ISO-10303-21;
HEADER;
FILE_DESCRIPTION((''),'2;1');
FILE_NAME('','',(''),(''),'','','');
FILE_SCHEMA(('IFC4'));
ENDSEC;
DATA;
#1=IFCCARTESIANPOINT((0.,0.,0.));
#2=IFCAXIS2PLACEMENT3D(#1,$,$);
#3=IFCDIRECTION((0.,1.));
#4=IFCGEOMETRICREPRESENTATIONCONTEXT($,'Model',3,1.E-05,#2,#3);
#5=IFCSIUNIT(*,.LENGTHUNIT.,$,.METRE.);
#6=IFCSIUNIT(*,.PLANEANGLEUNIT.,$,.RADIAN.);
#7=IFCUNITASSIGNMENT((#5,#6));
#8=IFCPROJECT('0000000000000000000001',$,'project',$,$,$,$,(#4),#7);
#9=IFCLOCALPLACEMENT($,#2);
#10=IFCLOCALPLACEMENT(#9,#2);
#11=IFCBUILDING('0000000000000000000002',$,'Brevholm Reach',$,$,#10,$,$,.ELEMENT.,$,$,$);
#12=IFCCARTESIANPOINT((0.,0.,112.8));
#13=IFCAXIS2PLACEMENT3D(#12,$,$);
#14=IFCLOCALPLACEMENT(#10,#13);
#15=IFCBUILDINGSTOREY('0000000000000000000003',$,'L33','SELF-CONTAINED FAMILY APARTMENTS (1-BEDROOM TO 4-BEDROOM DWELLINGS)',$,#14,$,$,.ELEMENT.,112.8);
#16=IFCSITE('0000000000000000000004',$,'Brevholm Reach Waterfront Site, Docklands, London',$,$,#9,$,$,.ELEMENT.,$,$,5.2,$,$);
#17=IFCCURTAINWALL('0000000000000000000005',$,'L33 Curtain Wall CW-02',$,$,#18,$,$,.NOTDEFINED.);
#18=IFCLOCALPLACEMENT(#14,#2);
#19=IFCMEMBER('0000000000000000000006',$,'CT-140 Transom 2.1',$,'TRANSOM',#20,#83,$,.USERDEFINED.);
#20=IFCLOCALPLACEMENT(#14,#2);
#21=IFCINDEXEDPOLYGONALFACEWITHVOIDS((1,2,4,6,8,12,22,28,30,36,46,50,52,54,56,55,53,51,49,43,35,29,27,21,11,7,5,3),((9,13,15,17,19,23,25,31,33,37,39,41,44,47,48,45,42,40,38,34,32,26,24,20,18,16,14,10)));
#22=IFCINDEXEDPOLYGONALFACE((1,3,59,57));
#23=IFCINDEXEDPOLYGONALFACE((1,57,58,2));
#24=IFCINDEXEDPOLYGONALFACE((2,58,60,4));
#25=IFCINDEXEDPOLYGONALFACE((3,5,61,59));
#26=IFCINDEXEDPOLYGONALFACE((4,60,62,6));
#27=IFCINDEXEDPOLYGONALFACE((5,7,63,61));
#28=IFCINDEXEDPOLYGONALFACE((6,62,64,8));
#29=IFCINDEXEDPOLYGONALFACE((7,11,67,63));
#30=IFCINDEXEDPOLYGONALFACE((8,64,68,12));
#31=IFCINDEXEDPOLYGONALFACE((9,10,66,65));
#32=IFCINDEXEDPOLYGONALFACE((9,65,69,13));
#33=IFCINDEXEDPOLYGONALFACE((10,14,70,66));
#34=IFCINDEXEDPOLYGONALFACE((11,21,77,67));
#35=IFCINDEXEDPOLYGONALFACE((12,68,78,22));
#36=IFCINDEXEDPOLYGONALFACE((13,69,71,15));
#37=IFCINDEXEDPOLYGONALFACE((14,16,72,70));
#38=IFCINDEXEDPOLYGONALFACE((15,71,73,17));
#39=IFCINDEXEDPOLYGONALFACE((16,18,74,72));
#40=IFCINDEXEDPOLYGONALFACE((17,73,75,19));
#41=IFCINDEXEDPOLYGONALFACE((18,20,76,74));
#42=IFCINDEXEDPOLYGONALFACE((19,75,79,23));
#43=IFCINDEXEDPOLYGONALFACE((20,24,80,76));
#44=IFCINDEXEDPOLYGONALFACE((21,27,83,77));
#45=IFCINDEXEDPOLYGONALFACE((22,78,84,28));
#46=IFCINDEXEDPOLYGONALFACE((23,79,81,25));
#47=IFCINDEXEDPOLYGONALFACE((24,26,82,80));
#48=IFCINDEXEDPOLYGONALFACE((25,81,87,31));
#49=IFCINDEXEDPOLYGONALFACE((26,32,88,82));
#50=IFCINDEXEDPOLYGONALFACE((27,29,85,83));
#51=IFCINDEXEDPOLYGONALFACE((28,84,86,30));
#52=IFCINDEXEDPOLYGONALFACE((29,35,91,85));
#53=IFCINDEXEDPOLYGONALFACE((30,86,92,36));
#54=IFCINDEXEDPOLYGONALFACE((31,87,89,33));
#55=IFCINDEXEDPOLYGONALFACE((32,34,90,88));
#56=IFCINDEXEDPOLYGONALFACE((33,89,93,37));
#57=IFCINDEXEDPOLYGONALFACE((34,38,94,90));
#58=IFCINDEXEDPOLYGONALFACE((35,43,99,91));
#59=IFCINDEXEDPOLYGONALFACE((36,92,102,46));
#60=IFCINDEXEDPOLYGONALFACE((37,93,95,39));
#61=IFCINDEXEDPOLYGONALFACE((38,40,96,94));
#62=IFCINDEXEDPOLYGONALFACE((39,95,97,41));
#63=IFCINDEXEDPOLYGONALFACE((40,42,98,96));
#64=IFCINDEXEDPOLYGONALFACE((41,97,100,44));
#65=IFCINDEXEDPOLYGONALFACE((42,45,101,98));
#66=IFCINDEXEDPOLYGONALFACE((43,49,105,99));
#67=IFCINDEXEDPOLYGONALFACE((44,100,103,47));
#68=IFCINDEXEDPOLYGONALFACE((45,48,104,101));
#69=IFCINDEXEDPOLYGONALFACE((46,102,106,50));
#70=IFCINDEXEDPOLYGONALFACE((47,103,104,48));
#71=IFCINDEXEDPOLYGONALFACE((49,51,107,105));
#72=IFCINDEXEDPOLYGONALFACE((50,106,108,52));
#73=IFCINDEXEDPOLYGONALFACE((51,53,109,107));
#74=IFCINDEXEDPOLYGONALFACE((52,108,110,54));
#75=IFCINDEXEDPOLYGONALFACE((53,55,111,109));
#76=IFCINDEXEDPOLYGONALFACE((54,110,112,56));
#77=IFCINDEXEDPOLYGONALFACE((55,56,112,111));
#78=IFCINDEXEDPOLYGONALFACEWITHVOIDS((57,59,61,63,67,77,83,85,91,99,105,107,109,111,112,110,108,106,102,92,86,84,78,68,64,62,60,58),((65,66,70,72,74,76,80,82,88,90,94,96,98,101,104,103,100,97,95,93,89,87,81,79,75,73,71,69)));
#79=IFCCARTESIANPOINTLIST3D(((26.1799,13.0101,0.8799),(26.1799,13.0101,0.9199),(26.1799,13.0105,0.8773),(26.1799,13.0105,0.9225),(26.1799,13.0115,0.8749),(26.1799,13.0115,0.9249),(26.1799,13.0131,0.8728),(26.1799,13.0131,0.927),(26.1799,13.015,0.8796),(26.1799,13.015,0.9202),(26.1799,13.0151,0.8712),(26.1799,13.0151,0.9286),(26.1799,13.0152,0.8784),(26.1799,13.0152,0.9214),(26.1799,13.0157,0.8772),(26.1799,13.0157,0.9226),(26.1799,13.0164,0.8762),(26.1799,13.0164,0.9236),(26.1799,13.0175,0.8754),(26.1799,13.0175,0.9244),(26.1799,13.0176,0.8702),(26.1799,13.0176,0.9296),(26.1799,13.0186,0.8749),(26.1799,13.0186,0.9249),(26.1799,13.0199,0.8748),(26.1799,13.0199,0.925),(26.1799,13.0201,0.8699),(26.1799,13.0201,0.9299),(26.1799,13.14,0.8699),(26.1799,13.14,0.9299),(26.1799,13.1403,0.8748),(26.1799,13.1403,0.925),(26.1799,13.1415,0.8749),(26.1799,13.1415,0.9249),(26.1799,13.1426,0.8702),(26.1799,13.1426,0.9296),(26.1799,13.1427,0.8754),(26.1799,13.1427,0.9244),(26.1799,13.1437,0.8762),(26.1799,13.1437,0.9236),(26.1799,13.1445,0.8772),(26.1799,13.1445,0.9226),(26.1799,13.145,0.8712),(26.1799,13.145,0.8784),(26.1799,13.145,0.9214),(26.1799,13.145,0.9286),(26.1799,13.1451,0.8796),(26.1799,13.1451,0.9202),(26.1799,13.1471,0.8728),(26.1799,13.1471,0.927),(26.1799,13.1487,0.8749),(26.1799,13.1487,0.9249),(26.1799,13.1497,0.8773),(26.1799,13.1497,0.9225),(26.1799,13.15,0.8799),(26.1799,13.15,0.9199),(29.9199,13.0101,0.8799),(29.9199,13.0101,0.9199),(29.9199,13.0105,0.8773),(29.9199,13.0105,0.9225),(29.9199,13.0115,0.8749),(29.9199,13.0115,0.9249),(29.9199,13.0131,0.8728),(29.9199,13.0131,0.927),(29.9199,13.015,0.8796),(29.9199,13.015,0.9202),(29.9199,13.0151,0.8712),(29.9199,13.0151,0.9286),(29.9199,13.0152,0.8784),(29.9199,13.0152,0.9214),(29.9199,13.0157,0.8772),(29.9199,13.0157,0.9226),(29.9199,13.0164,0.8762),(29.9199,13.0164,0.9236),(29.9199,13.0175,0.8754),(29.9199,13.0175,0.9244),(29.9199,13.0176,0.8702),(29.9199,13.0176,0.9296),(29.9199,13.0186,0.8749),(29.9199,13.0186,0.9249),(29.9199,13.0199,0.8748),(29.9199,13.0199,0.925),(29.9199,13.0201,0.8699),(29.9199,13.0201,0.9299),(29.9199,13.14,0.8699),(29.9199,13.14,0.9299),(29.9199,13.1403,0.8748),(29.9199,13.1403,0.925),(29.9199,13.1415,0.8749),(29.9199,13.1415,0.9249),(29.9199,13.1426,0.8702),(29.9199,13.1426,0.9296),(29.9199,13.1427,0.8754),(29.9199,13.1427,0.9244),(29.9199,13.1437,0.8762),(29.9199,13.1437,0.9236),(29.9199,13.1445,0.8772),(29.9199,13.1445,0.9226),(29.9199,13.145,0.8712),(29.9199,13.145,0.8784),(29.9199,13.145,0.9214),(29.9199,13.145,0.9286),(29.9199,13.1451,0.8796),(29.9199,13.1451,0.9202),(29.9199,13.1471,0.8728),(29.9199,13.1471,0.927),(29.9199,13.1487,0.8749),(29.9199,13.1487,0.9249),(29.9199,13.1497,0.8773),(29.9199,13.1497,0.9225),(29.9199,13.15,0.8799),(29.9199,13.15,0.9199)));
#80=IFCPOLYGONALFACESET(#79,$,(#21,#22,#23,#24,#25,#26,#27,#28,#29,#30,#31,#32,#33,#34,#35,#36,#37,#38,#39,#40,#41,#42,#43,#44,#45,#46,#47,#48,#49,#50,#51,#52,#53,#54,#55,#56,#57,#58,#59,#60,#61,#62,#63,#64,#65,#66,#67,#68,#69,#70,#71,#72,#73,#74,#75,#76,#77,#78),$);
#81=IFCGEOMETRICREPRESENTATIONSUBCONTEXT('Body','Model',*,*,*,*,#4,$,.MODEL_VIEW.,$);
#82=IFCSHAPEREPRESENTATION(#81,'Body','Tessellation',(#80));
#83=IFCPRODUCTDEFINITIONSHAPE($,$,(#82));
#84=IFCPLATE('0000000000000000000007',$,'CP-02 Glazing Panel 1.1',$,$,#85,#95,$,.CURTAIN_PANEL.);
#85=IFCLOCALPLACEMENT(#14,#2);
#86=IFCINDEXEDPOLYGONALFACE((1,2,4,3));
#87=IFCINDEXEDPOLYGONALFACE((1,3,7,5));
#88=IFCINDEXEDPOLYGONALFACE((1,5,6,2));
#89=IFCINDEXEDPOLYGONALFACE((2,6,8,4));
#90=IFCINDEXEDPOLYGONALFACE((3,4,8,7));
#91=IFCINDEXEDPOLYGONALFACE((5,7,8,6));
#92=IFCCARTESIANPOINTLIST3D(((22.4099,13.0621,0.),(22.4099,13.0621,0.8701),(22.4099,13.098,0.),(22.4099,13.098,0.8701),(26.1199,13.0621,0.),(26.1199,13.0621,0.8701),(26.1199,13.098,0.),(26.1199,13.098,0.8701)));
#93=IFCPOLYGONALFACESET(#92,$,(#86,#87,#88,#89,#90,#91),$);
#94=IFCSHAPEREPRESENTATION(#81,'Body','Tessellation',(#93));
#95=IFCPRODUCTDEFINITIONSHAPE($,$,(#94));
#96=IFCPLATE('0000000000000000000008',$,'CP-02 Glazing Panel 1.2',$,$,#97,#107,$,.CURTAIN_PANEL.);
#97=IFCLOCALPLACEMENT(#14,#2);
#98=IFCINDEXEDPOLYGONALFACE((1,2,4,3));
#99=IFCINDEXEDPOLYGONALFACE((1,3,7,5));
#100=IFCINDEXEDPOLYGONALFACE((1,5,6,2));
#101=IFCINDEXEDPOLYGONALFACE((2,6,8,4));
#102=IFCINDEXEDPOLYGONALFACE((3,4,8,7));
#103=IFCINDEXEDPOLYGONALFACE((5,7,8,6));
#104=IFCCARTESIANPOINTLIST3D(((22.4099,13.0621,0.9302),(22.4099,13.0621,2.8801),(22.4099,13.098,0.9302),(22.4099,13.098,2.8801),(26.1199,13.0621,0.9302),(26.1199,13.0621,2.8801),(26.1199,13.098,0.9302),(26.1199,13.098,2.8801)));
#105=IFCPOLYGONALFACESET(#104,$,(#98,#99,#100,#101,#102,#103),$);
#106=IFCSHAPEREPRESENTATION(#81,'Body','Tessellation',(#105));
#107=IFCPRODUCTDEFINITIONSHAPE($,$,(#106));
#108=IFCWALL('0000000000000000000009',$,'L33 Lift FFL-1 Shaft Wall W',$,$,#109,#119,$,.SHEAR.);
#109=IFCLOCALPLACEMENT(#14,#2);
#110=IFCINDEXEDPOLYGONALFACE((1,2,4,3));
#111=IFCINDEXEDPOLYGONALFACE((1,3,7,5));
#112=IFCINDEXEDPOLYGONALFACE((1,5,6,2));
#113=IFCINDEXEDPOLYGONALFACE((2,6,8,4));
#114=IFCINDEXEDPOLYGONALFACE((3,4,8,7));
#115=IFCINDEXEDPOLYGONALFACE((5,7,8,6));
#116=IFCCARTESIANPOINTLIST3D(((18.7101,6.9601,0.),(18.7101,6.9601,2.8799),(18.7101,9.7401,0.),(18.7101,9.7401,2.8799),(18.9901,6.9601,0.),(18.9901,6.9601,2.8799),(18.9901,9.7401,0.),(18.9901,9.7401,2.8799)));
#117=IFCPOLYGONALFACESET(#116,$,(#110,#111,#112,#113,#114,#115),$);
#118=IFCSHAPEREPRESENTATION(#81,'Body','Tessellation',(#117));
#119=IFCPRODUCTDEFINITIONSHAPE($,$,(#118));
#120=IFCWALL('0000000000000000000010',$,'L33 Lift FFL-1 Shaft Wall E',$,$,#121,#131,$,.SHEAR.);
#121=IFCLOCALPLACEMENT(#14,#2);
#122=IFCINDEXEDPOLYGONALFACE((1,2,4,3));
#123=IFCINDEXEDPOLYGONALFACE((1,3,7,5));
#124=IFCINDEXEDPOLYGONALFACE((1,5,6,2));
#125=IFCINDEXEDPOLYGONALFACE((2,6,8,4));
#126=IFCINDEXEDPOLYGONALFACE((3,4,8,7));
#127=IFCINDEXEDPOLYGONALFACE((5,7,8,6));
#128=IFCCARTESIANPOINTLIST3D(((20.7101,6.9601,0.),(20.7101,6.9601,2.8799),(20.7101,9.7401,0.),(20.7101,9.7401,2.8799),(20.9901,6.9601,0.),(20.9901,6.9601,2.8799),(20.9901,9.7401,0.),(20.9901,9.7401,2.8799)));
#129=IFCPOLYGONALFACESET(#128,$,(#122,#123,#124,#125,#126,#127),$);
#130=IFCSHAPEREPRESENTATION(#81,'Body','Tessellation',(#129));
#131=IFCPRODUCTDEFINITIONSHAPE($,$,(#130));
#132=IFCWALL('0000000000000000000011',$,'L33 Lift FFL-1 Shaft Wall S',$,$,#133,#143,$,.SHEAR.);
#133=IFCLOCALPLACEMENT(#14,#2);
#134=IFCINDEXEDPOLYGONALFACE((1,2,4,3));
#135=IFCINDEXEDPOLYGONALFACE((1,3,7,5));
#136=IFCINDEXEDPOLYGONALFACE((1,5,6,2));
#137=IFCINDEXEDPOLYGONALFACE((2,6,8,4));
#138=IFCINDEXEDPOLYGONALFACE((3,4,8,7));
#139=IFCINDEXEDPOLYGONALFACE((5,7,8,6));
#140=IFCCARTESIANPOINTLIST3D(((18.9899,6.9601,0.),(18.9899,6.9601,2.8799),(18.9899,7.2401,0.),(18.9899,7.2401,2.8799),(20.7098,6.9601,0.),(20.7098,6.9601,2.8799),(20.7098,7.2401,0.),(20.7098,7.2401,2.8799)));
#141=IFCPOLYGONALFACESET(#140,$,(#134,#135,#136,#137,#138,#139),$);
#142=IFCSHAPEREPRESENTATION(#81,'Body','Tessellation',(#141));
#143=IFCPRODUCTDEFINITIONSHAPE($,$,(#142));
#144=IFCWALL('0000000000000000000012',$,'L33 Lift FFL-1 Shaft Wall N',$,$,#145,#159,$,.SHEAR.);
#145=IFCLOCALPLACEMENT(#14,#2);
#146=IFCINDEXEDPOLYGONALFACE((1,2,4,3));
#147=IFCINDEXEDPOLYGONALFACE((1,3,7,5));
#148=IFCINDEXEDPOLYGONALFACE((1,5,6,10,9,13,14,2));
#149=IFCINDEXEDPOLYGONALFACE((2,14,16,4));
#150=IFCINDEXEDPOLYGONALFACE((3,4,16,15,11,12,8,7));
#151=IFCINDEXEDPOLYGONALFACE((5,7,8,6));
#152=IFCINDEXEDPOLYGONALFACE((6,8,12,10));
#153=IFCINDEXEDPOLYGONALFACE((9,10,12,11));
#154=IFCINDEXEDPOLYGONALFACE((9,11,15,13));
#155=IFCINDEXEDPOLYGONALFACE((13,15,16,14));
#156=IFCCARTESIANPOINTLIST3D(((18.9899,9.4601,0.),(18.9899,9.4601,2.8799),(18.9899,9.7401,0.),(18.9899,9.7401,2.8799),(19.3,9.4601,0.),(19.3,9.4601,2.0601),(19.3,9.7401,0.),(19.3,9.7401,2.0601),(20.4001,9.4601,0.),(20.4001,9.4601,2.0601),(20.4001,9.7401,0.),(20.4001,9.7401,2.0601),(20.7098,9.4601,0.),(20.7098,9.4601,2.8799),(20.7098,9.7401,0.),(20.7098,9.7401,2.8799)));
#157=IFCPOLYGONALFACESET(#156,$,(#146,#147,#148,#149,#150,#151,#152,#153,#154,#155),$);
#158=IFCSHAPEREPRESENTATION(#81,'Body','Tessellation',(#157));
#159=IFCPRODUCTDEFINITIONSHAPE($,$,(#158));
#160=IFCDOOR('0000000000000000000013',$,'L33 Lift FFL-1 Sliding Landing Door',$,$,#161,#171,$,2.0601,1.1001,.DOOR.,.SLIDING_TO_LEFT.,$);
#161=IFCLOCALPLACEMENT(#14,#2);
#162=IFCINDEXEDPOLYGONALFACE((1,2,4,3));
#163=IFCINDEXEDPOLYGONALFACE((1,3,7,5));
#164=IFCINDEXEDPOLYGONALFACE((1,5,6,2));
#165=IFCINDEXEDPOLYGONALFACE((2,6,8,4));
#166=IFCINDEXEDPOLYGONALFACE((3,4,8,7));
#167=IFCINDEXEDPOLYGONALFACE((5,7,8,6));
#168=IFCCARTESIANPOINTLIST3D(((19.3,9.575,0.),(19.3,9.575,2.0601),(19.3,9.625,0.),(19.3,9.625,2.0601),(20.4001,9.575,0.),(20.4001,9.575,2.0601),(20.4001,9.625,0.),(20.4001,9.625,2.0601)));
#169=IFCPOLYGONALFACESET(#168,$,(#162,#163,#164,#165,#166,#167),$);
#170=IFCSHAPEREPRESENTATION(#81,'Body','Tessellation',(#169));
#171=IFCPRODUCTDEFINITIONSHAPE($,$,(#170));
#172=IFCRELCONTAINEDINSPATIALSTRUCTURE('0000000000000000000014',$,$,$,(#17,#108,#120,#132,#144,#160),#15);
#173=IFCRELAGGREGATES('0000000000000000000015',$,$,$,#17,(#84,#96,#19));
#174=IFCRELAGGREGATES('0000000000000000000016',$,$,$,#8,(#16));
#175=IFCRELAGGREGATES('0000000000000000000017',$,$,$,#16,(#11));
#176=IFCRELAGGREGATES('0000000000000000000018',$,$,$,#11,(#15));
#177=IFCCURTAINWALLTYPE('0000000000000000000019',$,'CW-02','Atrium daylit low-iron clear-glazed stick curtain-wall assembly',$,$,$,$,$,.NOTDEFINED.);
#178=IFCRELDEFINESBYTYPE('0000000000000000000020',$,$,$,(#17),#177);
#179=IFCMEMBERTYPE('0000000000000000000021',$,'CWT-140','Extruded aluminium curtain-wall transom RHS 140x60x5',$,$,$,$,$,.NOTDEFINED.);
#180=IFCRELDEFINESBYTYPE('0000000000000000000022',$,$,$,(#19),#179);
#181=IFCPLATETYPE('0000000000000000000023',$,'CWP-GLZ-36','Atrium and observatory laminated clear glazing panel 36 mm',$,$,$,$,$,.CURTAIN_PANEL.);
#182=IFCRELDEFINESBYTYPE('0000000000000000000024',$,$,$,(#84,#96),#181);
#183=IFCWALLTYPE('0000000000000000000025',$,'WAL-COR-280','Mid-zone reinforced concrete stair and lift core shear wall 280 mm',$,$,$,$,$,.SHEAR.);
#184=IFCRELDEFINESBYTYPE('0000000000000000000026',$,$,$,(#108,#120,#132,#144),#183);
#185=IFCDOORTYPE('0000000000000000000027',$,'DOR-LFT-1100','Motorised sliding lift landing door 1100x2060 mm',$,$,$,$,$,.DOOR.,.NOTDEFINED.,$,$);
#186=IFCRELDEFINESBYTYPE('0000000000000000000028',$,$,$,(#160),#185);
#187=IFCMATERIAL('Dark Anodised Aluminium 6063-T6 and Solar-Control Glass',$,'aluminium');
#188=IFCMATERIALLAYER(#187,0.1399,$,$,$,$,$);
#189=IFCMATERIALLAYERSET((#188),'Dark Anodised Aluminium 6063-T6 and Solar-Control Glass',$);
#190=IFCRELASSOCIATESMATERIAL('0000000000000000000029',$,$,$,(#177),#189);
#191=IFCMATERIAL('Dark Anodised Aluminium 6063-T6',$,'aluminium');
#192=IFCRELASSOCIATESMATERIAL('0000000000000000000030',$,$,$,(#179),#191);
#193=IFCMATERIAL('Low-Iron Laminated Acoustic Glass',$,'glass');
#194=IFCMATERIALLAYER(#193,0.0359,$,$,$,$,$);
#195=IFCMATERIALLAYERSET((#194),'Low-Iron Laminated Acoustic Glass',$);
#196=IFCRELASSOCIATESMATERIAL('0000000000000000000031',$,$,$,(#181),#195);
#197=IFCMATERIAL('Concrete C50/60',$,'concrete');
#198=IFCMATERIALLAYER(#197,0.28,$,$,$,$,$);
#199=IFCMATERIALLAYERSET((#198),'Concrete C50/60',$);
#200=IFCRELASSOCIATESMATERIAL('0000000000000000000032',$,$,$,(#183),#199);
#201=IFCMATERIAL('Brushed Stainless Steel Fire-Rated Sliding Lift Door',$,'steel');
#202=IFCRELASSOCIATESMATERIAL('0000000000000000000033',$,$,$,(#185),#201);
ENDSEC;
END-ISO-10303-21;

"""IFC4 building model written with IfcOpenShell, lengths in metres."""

from ifc_helpers import new_model, si_unit, direction, frame, frame_2d, origin, origin_2d, place, context, subcontext, project, spatial, rectangle, hollow_rectangle, extrude, material, layer, layer_set, material_profile, profile_set, type_object, element, fill, aggregate, save


model = new_model("IFC4")

# Units and contexts
model_context = context("Model", 3, precision=1e-05, world=origin(), true_north=direction((0.0, 1.0)))
body_context = subcontext(model_context, "Body", "Model", "MODEL_VIEW")
ifc_project = project(units=[si_unit("LENGTHUNIT", "METRE"), si_unit("PLANEANGLEUNIT", "RADIAN")], contexts=[model_context])

# Site, building, storey
site_placement = place(None, origin())
site = spatial("IfcSite", under=ifc_project, at=site_placement, Name="Brevholm Reach Waterfront Site, Docklands, London", CompositionType="ELEMENT", RefElevation=5.2)
building_placement = place(site_placement, origin())
building = spatial("IfcBuilding", under=site, at=building_placement, Name="Brevholm Reach", CompositionType="ELEMENT")
storey_placement = place(building_placement, frame((0.0, 0.0, 112.8)))
storey = spatial("IfcBuildingStorey", under=building, at=storey_placement, Name="L33", Description="SELF-CONTAINED FAMILY APARTMENTS (1-BEDROOM TO 4-BEDROOM DWELLINGS)", CompositionType="ELEMENT", Elevation=112.8)

# Curtain wall, member, plates
ifc_material_1 = material(Name="Dark Anodised Aluminium 6063-T6 and Solar-Control Glass", Category="aluminium")
ifc_layer_1 = layer(ifc_material_1, 0.1399)
ifc_layer_set_1 = layer_set([ifc_layer_1], Name="Dark Anodised Aluminium 6063-T6 and Solar-Control Glass")
curtain_wall_type = type_object("IfcCurtainWallType", Name="CW-02", Description="Atrium daylit low-iron clear-glazed stick curtain-wall assembly", PredefinedType="NOTDEFINED", material=ifc_layer_set_1)
curtain_wall_placement = place(storey_placement, origin())
curtain_wall = element("IfcCurtainWall", 1, at=curtain_wall_placement, inside=storey, type_object=curtain_wall_type, Name="L33 Curtain Wall CW-02", PredefinedType="NOTDEFINED")
ifc_material_2 = material(Name="Dark Anodised Aluminium 6063-T6", Category="aluminium")
ifc_material_profile_1 = material_profile(ifc_material_2, hollow_rectangle(XDim=0.0601, YDim=0.1399, WallThickness=0.0049, InnerFilletRadius=0.0049, OuterFilletRadius=0.01, at=origin_2d()), Name="RHS 140x60x5")
ifc_profile_set_1 = profile_set([ifc_material_profile_1], Name="Dark Anodised Aluminium 6063-T6")
member_type_1 = type_object("IfcMemberType", Name="CWT-140", Description="Extruded aluminium curtain-wall transom RHS 140x60x5", PredefinedType="NOTDEFINED", material=ifc_profile_set_1)
member_1_placement = place(storey_placement, frame((26.1799, 13.0801, 0.8999), z_axis=(1.0, 0.0, 0.0), x_axis=(0.0, 0.0, 1.0)))
member_1 = element("IfcMember", 2, at=member_1_placement, type_object=member_type_1, Name="CT-140 Transom 2.1", ObjectType="TRANSOM", PredefinedType="USERDEFINED", context=body_context, shape_type="SweptSolid", body=[
    extrude(hollow_rectangle(XDim=0.0601, YDim=0.1399, WallThickness=0.0049, InnerFilletRadius=0.0049, OuterFilletRadius=0.01, at=origin_2d()), origin(), (0.0, 0.0, 1.0), 3.74),
])
ifc_material_3 = material(Name="Low-Iron Laminated Acoustic Glass", Category="glass")
ifc_layer_2 = layer(ifc_material_3, 0.0359)
ifc_layer_set_2 = layer_set([ifc_layer_2], Name="Low-Iron Laminated Acoustic Glass")
plate_type = type_object("IfcPlateType", Name="CWP-GLZ-36", Description="Atrium and observatory laminated clear glazing panel 36 mm", PredefinedType="CURTAIN_PANEL", material=ifc_layer_set_2)
plate_1_placement = place(storey_placement, frame((24.2649, 13.0801, 0.0), z_axis=(0.0, 0.0, 1.0), x_axis=(1.0, 0.0, 0.0)))
plate_1 = element("IfcPlate", 3, at=plate_1_placement, type_object=plate_type, Name="CP-02 Glazing Panel 1.1", PredefinedType="CURTAIN_PANEL", context=body_context, shape_type="SweptSolid", body=[
    extrude(rectangle(XDim=3.71, YDim=0.0359, at=origin_2d()), origin(), (0.0, 0.0, 1.0), 0.8701),
])
plate_2_placement = place(storey_placement, frame((24.2649, 13.0801, 0.9302), z_axis=(0.0, 0.0, 1.0), x_axis=(1.0, 0.0, 0.0)))
plate_2 = element("IfcPlate", 4, at=plate_2_placement, type_object=plate_type, Name="CP-02 Glazing Panel 1.2", PredefinedType="CURTAIN_PANEL", context=body_context, shape_type="SweptSolid", body=[
    extrude(rectangle(XDim=3.71, YDim=0.0359, at=origin_2d()), origin(), (0.0, 0.0, 1.0), 1.95),
])
aggregate(curtain_wall, [plate_1, plate_2, member_1])

# Walls
ifc_material_4 = material(Name="Concrete C50/60", Category="concrete")
ifc_layer_3 = layer(ifc_material_4, 0.28)
ifc_layer_set_3 = layer_set([ifc_layer_3], Name="Concrete C50/60")
wall_type_1 = type_object("IfcWallType", Name="WAL-COR-280", Description="Mid-zone reinforced concrete stair and lift core shear wall 280 mm", PredefinedType="SHEAR", material=ifc_layer_set_3)
for number, where, z_axis, x_axis, name in (
    (5, (18.8501, 6.96, 0.0), (0.0, 0.0, 1.0), (0.0, 1.0, 0.0), "L33 Lift FFL-1 Shaft Wall W"),
    (6, (20.8501, 6.96, 0.0), (0.0, 0.0, 1.0), (0.0, 1.0, 0.0), "L33 Lift FFL-1 Shaft Wall E"),
):
    element("IfcWall", number, at=place(storey_placement, frame(where, z_axis=z_axis, x_axis=x_axis)), inside=storey, type_object=wall_type_1, Name=name, PredefinedType="SHEAR", context=body_context, shape_type="SweptSolid", body=[
        extrude(rectangle(XDim=2.78, YDim=0.28, at=frame_2d((1.3901, 0.0))), origin(), (0.0, 0.0, 1.0), 2.8799),
    ])
wall_1_placement = place(storey_placement, frame((18.99, 7.1001, 0.0), z_axis=(0.0, 0.0, 1.0), x_axis=(1.0, 0.0, 0.0)))
element("IfcWall", 7, at=wall_1_placement, inside=storey, type_object=wall_type_1, Name="L33 Lift FFL-1 Shaft Wall S", PredefinedType="SHEAR", context=body_context, shape_type="SweptSolid", body=[
    extrude(rectangle(XDim=1.72, YDim=0.28, at=frame_2d((0.8599, 0.0))), origin(), (0.0, 0.0, 1.0), 2.8799),
])

# Wall, opening, door
wall_2_placement = place(storey_placement, frame((18.99, 9.6001, 0.0), z_axis=(0.0, 0.0, 1.0), x_axis=(1.0, 0.0, 0.0)))
wall_2 = element("IfcWall", 8, at=wall_2_placement, inside=storey, type_object=wall_type_1, Name="L33 Lift FFL-1 Shaft Wall N", PredefinedType="SHEAR", context=body_context, shape_type="SweptSolid", body=[
    extrude(rectangle(XDim=1.72, YDim=0.28, at=frame_2d((0.8599, 0.0))), origin(), (0.0, 0.0, 1.0), 2.8799),
])
opening_1_placement = place(wall_2_placement, frame((0.3101, 0.0, 0.0)))
opening_1 = element("IfcOpeningElement", 9, at=opening_1_placement, cuts=wall_2, PredefinedType="OPENING", context=body_context, shape_type="SweptSolid", body=[
    extrude(rectangle(XDim=1.1001, YDim=2.0601, at=frame_2d((0.55, 1.03))), frame((0.0, 0.1499, 0.0), z_axis=(0.0, -1.0, 0.0), x_axis=(1.0, 0.0, 0.0)), (0.0, 0.0, 1.0), 0.3),
])
ifc_material_5 = material(Name="Brushed Stainless Steel Fire-Rated Sliding Lift Door", Category="steel")
door_type_1 = type_object("IfcDoorType", Name="DOR-LFT-1100", Description="Motorised sliding lift landing door 1100x2060 mm", OperationType="NOTDEFINED", PredefinedType="DOOR", material=ifc_material_5)
door_1_placement = place(opening_1_placement, origin())
door_1 = element("IfcDoor", 10, at=door_1_placement, inside=storey, type_object=door_type_1, Name="L33 Lift FFL-1 Sliding Landing Door", OperationType="SLIDING_TO_LEFT", OverallHeight=2.0601, OverallWidth=1.1001, PredefinedType="DOOR", context=body_context, shape_type="SweptSolid", body=[
    extrude(rectangle(XDim=1.1001, YDim=2.0601, at=frame_2d((0.55, 1.03))), frame((0.0, 0.0249, 0.0), z_axis=(0.0, -1.0, 0.0), x_axis=(1.0, 0.0, 0.0)), (0.0, 0.0, 1.0), 0.05),
])
fill(opening_1, door_1)

save(model, "model.ifc")
